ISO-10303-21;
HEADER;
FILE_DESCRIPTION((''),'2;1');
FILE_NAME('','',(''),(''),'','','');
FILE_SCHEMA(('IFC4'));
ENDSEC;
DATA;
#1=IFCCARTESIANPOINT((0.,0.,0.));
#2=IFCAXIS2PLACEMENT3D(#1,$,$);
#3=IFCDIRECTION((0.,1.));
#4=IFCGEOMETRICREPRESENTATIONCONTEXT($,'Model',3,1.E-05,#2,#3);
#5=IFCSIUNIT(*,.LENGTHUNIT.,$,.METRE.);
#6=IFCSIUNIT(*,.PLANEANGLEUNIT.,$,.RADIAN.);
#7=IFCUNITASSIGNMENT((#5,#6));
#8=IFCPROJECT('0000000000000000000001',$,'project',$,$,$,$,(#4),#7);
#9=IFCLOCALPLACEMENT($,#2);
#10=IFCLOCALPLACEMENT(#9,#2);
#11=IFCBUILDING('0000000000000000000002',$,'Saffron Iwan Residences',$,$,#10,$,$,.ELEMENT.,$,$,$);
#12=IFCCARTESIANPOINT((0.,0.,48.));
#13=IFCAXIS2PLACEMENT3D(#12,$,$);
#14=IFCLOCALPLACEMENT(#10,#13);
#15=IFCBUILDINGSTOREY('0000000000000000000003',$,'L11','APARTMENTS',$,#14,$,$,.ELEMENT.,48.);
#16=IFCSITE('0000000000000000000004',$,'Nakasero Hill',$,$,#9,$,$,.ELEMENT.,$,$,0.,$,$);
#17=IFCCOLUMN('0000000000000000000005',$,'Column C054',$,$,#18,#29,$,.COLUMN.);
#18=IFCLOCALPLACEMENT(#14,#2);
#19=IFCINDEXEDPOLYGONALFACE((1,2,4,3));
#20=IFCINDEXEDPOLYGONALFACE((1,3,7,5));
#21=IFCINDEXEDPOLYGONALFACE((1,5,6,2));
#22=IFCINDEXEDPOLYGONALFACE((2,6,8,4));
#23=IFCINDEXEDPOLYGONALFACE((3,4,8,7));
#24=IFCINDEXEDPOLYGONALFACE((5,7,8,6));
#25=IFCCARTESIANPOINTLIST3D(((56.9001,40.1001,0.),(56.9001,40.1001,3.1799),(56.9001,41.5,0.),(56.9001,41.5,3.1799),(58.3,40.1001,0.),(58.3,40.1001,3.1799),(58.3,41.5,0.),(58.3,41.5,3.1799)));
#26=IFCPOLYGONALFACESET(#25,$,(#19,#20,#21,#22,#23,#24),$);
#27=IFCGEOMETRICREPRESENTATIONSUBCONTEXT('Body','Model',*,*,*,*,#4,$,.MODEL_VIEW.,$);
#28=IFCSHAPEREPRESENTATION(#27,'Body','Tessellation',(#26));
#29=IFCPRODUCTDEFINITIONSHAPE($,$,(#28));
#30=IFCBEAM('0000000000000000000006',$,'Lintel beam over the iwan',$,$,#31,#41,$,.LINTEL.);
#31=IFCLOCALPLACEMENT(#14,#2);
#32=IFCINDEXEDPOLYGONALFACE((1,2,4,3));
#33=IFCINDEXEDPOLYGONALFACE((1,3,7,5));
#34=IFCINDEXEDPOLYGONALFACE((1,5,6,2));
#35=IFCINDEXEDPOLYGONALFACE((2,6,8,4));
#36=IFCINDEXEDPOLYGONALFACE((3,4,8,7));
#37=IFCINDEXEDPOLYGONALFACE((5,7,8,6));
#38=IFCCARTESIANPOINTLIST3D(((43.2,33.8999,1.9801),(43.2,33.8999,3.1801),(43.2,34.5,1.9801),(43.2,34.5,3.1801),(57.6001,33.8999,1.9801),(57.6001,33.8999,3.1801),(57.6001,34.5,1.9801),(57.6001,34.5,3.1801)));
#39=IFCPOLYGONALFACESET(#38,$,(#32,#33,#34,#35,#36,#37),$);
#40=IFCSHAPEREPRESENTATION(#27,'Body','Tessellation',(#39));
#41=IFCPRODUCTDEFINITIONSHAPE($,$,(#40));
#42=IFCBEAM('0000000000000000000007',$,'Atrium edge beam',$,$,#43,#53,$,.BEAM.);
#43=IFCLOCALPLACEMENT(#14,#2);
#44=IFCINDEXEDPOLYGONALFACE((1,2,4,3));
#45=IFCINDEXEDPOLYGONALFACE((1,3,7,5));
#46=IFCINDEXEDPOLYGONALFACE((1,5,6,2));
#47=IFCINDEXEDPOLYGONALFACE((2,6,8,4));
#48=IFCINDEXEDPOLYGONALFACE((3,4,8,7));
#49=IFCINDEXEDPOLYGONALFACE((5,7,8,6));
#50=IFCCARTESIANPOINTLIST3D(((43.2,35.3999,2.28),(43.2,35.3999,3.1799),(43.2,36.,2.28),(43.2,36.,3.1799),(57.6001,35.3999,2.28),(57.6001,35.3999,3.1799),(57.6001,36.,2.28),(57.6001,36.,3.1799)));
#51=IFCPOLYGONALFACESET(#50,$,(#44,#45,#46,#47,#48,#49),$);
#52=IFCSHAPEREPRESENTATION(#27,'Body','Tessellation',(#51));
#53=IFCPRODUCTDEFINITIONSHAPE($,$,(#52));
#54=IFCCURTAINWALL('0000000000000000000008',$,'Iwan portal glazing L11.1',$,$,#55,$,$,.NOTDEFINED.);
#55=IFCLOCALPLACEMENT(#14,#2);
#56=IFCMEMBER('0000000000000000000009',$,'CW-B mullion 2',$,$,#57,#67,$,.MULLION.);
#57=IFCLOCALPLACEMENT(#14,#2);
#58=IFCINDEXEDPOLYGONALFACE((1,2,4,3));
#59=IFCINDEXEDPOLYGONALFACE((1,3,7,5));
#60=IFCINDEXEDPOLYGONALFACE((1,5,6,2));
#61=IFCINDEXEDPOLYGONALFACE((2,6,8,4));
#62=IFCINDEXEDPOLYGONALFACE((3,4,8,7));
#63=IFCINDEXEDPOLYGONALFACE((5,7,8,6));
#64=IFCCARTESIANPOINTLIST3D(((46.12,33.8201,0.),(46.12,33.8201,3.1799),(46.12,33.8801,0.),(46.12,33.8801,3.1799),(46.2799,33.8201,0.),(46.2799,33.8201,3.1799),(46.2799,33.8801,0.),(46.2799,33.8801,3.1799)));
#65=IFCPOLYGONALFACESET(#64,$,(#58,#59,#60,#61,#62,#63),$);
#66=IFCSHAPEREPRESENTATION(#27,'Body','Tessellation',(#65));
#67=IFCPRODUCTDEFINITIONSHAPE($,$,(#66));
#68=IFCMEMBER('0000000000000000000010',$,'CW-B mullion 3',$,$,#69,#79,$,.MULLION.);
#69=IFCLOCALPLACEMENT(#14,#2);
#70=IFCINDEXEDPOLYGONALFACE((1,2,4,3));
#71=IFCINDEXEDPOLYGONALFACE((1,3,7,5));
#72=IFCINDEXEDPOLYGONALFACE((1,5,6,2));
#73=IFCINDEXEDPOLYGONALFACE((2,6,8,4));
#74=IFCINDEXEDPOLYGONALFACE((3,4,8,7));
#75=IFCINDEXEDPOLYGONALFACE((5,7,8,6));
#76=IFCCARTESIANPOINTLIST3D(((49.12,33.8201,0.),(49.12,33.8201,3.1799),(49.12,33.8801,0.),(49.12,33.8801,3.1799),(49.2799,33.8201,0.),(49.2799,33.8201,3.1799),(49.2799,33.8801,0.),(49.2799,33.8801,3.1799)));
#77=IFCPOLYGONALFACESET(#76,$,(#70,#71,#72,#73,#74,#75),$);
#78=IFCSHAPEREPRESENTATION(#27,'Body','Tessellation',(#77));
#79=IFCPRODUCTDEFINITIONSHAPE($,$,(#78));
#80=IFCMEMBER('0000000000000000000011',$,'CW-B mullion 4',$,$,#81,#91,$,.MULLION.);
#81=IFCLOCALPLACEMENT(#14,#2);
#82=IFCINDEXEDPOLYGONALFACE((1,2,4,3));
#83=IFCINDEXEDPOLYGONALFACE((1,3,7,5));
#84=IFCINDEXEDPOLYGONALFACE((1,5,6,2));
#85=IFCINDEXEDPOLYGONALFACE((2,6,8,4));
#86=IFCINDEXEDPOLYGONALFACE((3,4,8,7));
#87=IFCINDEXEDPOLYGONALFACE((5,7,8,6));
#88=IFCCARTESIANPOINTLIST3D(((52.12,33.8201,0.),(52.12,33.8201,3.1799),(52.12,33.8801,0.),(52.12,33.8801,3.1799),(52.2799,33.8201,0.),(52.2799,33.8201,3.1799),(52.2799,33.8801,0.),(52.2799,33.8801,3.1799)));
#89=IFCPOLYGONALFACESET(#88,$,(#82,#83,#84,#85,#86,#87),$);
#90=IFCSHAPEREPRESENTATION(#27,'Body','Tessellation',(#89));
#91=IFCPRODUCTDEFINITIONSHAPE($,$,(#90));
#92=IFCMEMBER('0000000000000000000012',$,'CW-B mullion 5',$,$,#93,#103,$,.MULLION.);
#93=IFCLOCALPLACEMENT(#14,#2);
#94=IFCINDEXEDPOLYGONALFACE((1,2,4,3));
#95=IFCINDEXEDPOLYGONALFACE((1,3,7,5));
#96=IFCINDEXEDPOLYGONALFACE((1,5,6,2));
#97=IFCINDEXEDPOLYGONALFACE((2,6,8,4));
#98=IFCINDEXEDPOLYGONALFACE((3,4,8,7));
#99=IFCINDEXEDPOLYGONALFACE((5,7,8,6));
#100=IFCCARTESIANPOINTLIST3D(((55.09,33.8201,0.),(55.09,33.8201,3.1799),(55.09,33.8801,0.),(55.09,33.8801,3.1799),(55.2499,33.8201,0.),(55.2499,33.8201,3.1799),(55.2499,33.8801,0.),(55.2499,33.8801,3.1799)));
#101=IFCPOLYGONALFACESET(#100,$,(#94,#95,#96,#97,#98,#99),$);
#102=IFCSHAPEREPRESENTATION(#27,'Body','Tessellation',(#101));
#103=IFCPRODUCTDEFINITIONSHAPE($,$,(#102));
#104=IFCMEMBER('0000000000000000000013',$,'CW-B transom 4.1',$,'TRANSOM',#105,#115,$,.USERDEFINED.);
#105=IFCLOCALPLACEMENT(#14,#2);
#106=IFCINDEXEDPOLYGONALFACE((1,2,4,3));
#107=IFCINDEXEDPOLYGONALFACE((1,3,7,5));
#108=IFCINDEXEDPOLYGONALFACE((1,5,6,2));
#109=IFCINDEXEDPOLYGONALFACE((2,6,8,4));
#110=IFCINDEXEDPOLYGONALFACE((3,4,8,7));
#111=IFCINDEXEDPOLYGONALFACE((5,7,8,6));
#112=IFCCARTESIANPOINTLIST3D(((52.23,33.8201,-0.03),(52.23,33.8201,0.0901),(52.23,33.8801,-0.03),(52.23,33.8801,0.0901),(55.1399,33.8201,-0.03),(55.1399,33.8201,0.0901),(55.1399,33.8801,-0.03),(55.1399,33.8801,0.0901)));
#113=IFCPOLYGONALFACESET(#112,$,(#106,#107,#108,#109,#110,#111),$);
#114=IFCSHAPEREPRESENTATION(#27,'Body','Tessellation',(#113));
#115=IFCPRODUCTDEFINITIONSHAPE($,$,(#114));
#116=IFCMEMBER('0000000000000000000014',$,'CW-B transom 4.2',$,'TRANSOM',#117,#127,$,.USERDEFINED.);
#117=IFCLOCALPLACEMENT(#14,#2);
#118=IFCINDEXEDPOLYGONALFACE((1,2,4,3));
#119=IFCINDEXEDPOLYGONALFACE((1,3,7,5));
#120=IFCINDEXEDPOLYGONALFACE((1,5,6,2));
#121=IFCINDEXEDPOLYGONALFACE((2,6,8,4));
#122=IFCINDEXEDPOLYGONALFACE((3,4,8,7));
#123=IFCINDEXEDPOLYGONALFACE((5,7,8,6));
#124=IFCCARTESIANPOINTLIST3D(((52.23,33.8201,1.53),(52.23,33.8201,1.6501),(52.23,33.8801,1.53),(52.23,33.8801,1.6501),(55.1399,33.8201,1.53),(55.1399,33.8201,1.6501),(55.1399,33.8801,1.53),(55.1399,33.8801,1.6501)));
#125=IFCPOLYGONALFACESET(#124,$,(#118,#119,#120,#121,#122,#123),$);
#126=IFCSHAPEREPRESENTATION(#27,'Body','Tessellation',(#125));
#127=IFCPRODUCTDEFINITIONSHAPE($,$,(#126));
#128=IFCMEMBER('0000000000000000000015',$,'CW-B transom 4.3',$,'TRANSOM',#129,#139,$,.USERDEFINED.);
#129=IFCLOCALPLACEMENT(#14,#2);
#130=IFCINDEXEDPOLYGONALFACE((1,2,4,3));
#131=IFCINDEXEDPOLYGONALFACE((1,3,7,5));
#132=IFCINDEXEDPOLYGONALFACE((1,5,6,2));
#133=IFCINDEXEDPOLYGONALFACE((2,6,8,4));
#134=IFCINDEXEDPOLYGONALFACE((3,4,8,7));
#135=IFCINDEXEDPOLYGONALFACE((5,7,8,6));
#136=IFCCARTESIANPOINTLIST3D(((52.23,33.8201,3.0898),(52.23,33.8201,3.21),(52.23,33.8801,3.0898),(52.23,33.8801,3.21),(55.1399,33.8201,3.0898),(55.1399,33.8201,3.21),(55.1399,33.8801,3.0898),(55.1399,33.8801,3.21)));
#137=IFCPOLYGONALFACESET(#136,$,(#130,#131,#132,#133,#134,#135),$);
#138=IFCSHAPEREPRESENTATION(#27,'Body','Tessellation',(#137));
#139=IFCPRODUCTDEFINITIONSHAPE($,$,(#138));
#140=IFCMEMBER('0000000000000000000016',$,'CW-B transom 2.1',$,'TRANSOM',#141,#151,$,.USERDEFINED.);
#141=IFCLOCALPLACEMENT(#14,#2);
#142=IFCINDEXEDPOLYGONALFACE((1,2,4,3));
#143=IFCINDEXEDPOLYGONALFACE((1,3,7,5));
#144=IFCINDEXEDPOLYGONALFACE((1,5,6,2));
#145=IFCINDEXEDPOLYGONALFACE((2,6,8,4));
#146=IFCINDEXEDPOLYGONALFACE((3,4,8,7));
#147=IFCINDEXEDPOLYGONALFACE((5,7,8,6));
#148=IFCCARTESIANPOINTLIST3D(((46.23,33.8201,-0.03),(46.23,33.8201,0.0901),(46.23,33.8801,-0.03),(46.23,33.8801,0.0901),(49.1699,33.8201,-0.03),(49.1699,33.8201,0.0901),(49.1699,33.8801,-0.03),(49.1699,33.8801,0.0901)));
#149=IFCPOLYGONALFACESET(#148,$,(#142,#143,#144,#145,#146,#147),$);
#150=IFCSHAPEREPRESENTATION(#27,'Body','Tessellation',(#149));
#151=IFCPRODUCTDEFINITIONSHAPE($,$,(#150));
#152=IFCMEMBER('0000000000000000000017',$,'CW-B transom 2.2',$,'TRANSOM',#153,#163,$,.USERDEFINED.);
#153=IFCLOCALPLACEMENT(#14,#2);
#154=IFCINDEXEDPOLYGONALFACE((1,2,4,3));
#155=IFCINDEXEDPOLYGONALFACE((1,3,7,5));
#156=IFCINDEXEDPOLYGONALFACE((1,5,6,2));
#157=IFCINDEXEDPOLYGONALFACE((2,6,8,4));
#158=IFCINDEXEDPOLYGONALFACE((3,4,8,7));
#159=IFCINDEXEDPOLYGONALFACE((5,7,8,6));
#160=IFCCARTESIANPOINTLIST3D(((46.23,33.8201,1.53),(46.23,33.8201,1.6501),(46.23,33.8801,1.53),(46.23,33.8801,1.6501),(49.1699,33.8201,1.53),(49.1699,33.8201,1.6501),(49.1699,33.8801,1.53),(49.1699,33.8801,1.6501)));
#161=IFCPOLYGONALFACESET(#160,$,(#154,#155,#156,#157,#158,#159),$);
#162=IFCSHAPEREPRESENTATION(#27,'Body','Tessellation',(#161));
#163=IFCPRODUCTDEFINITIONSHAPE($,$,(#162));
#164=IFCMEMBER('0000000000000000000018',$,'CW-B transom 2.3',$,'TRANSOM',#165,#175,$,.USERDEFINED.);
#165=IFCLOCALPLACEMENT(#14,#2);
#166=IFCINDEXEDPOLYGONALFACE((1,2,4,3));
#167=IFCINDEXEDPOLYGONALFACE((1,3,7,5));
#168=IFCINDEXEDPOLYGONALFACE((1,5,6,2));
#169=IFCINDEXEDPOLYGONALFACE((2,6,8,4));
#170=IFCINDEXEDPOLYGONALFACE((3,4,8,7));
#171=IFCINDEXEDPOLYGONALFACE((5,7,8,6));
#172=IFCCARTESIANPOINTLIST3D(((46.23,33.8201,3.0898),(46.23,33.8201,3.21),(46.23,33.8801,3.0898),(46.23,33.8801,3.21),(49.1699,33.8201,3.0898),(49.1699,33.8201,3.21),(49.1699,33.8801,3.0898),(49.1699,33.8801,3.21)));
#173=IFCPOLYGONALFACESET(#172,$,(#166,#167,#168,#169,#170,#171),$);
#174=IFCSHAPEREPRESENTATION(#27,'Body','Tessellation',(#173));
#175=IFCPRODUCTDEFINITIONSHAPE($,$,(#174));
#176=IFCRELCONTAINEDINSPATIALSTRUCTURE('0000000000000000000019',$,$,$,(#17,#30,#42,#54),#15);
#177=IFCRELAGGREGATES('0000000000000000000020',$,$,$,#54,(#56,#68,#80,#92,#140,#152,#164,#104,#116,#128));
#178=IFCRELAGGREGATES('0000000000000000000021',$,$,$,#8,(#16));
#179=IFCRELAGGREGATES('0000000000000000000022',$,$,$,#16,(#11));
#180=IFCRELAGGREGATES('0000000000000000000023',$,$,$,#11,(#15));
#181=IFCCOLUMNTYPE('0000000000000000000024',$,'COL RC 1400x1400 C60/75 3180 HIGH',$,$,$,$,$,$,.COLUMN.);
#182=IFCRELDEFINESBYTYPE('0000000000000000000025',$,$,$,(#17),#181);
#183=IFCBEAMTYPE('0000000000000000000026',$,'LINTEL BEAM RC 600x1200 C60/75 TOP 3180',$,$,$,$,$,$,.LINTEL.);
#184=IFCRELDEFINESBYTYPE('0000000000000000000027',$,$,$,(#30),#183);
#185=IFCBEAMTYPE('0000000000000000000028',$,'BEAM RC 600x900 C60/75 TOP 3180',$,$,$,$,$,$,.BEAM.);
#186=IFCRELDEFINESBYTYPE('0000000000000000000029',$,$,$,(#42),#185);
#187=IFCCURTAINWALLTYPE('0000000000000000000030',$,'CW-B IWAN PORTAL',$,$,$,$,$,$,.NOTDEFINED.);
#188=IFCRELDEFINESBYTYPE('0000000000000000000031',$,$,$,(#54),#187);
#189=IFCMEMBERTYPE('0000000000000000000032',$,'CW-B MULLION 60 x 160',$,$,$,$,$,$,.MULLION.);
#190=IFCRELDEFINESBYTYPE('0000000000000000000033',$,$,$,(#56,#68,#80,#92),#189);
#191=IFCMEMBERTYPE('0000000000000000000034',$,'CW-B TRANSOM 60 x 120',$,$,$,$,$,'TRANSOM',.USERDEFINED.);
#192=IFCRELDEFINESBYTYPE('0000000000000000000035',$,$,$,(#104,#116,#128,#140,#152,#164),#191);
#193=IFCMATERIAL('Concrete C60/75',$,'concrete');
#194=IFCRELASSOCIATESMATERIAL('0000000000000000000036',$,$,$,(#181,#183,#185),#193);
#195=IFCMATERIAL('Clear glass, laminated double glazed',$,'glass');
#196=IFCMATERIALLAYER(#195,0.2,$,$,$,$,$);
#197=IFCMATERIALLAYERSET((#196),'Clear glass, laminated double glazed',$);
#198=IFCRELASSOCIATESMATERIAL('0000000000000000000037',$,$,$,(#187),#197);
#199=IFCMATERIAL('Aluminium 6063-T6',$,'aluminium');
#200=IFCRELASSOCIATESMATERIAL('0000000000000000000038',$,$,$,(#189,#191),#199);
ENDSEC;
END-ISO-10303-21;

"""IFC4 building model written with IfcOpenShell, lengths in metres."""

from ifc_helpers import new_model, si_unit, direction, frame, origin, origin_2d, place, context, subcontext, project, spatial, rectangle, extrude, source, transform, mapped, material, layer, layer_set, material_profile, profile_set, type_object, element, aggregate, save


model = new_model("IFC4")

# Units and contexts
model_context = context("Model", 3, precision=1e-05, world=origin(), true_north=direction((0.0, 1.0)))
body_context = subcontext(model_context, "Body", "Model", "MODEL_VIEW")
ifc_project = project(units=[si_unit("LENGTHUNIT", "METRE"), si_unit("PLANEANGLEUNIT", "RADIAN")], contexts=[model_context])

# Site, building, storey
site_placement = place(None, origin())
site = spatial("IfcSite", under=ifc_project, at=site_placement, Name="Nakasero Hill", CompositionType="ELEMENT", RefElevation=0.0)
building_placement = place(site_placement, origin())
building = spatial("IfcBuilding", under=site, at=building_placement, Name="Saffron Iwan Residences", CompositionType="ELEMENT")
storey_placement = place(building_placement, frame((0.0, 0.0, 48.0)))
storey = spatial("IfcBuildingStorey", under=building, at=storey_placement, Name="L11", Description="APARTMENTS", CompositionType="ELEMENT", Elevation=48.0)

# Column
ifc_material_1 = material(Name="Concrete C60/75", Category="concrete")
ifc_material_profile_1 = material_profile(ifc_material_1, rectangle(XDim=1.3999, YDim=1.3999, at=origin_2d()), Name="RC 1400x1400")
ifc_profile_set_1 = profile_set([ifc_material_profile_1], Name="Concrete C60/75")
column_type = type_object("IfcColumnType", Name="COL RC 1400x1400 C60/75 3180 HIGH", PredefinedType="COLUMN", material=ifc_profile_set_1)
shared_shape_1 = source(origin(), body_context, "Body", "SweptSolid", [
    extrude(rectangle(XDim=1.3999, YDim=1.3999, at=origin_2d()), origin(), (0.0, 0.0, 1.0), 3.1799),
])
column_placement = place(storey_placement, frame((57.6001, 40.8, 0.0), z_axis=(0.0, 0.0, 1.0), x_axis=(1.0, 0.0, 0.0)))
element("IfcColumn", 1, at=column_placement, inside=storey, type_object=column_type, Name="Column C054", PredefinedType="COLUMN", context=body_context, shape_type="MappedRepresentation", body=[
    mapped(shared_shape_1, transform((0.0, 0.0, 0.0))),
])

# Beams
ifc_material_profile_2 = material_profile(ifc_material_1, rectangle(XDim=0.6001, YDim=1.2, at=origin_2d()), Name="RC 600x1200")
ifc_profile_set_2 = profile_set([ifc_material_profile_2], Name="Concrete C60/75")
beam_type_1 = type_object("IfcBeamType", Name="LINTEL BEAM RC 600x1200 C60/75 TOP 3180", PredefinedType="LINTEL", material=ifc_profile_set_2)
shared_shape_2 = source(origin(), body_context, "Body", "SweptSolid", [
    extrude(rectangle(XDim=0.6001, YDim=1.2, at=origin_2d()), origin(), (0.0, 0.0, 1.0), 14.4001),
])
beam_1_placement = place(storey_placement, frame((57.6001, 34.2, 2.5801), z_axis=(-1.0, 0.0, 0.0), x_axis=(0.0, -1.0, 0.0)))
element("IfcBeam", 2, at=beam_1_placement, inside=storey, type_object=beam_type_1, Name="Lintel beam over the iwan", PredefinedType="LINTEL", context=body_context, shape_type="MappedRepresentation", body=[
    mapped(shared_shape_2, transform((0.0, 0.0, 0.0))),
])
ifc_material_profile_3 = material_profile(ifc_material_1, rectangle(XDim=0.6001, YDim=0.8999, at=origin_2d()), Name="RC 600x900")
ifc_profile_set_3 = profile_set([ifc_material_profile_3], Name="Concrete C60/75")
beam_type_2 = type_object("IfcBeamType", Name="BEAM RC 600x900 C60/75 TOP 3180", PredefinedType="BEAM", material=ifc_profile_set_3)
shared_shape_3 = source(origin(), body_context, "Body", "SweptSolid", [
    extrude(rectangle(XDim=0.6001, YDim=0.8999, at=origin_2d()), origin(), (0.0, 0.0, 1.0), 14.4001),
])
beam_2_placement = place(storey_placement, frame((57.6001, 35.7, 2.73), z_axis=(-1.0, 0.0, 0.0), x_axis=(0.0, -1.0, 0.0)))
element("IfcBeam", 3, at=beam_2_placement, inside=storey, type_object=beam_type_2, Name="Atrium edge beam", PredefinedType="BEAM", context=body_context, shape_type="MappedRepresentation", body=[
    mapped(shared_shape_3, transform((0.0, 0.0, 0.0))),
])

# Curtain wall, members
ifc_material_2 = material(Name="Clear glass, laminated double glazed", Category="glass")
ifc_layer_1 = layer(ifc_material_2, 0.2)
ifc_layer_set_1 = layer_set([ifc_layer_1], Name="Clear glass, laminated double glazed")
curtain_wall_type = type_object("IfcCurtainWallType", Name="CW-B IWAN PORTAL", PredefinedType="NOTDEFINED", material=ifc_layer_set_1)
curtain_wall_placement = place(storey_placement, origin())
curtain_wall = element("IfcCurtainWall", 4, at=curtain_wall_placement, inside=storey, type_object=curtain_wall_type, Name="Iwan portal glazing L11.1", PredefinedType="NOTDEFINED")
ifc_material_3 = material(Name="Aluminium 6063-T6", Category="aluminium")
ifc_material_profile_4 = material_profile(ifc_material_3, rectangle(XDim=0.0601, YDim=0.1599, at=origin_2d()), Name="CW-B MULLION 60 x 160")
ifc_profile_set_4 = profile_set([ifc_material_profile_4], Name="Aluminium 6063-T6")
member_type_1 = type_object("IfcMemberType", Name="CW-B MULLION 60 x 160", PredefinedType="MULLION", material=ifc_profile_set_4)
shared_shape_4 = source(origin(), body_context, "Body", "SweptSolid", [
    extrude(rectangle(XDim=0.0601, YDim=0.1599, at=origin_2d()), origin(), (0.0, 0.0, 1.0), 3.1799),
])
member_1_placement = place(storey_placement, frame((46.2, 33.8501, 0.0), z_axis=(0.0, 0.0, 1.0), x_axis=(0.0, 1.0, 0.0)))
member_1 = element("IfcMember", 5, at=member_1_placement, type_object=member_type_1, Name="CW-B mullion 2", PredefinedType="MULLION", context=body_context, shape_type="MappedRepresentation", body=[
    mapped(shared_shape_4, transform((0.0, 0.0, 0.0))),
])
member_2_placement = place(storey_placement, frame((49.2, 33.8501, 0.0), z_axis=(0.0, 0.0, 1.0), x_axis=(0.0, 1.0, 0.0)))
member_2 = element("IfcMember", 6, at=member_2_placement, type_object=member_type_1, Name="CW-B mullion 3", PredefinedType="MULLION", context=body_context, shape_type="MappedRepresentation", body=[
    mapped(shared_shape_4, transform((0.0, 0.0, 0.0))),
])
member_3_placement = place(storey_placement, frame((52.2, 33.8501, 0.0), z_axis=(0.0, 0.0, 1.0), x_axis=(0.0, 1.0, 0.0)))
member_3 = element("IfcMember", 7, at=member_3_placement, type_object=member_type_1, Name="CW-B mullion 4", PredefinedType="MULLION", context=body_context, shape_type="MappedRepresentation", body=[
    mapped(shared_shape_4, transform((0.0, 0.0, 0.0))),
])
member_4_placement = place(storey_placement, frame((55.1699, 33.8501, 0.0), z_axis=(0.0, 0.0, 1.0), x_axis=(0.0, 1.0, 0.0)))
member_4 = element("IfcMember", 8, at=member_4_placement, type_object=member_type_1, Name="CW-B mullion 5", PredefinedType="MULLION", context=body_context, shape_type="MappedRepresentation", body=[
    mapped(shared_shape_4, transform((0.0, 0.0, 0.0))),
])
ifc_material_profile_5 = material_profile(ifc_material_3, rectangle(XDim=0.0601, YDim=0.1201, at=origin_2d()), Name="CW-B TRANSOM 60 x 120")
ifc_profile_set_5 = profile_set([ifc_material_profile_5], Name="Aluminium 6063-T6")
member_type_2 = type_object("IfcMemberType", Name="CW-B TRANSOM 60 x 120", ElementType="TRANSOM", PredefinedType="USERDEFINED", material=ifc_profile_set_5)
shared_shape_5 = source(origin(), body_context, "Body", "SweptSolid", [
    extrude(rectangle(XDim=0.0601, YDim=0.1201, at=origin_2d()), origin(), (0.0, 0.0, 1.0), 2.9099),
])
member_5_placement = place(storey_placement, frame((52.23, 33.8501, 0.03), z_axis=(1.0, 0.0, 0.0), x_axis=(0.0, 1.0, 0.0)))
member_5 = element("IfcMember", 9, at=member_5_placement, type_object=member_type_2, Name="CW-B transom 4.1", ObjectType="TRANSOM", PredefinedType="USERDEFINED", context=body_context, shape_type="MappedRepresentation", body=[
    mapped(shared_shape_5, transform((0.0, 0.0, 0.0))),
])
member_6_placement = place(storey_placement, frame((52.23, 33.8501, 1.5901), z_axis=(1.0, 0.0, 0.0), x_axis=(0.0, 1.0, 0.0)))
member_6 = element("IfcMember", 10, at=member_6_placement, type_object=member_type_2, Name="CW-B transom 4.2", ObjectType="TRANSOM", PredefinedType="USERDEFINED", context=body_context, shape_type="MappedRepresentation", body=[
    mapped(shared_shape_5, transform((0.0, 0.0, 0.0))),
])
member_7_placement = place(storey_placement, frame((52.23, 33.8501, 3.1499), z_axis=(1.0, 0.0, 0.0), x_axis=(0.0, 1.0, 0.0)))
member_7 = element("IfcMember", 11, at=member_7_placement, type_object=member_type_2, Name="CW-B transom 4.3", ObjectType="TRANSOM", PredefinedType="USERDEFINED", context=body_context, shape_type="MappedRepresentation", body=[
    mapped(shared_shape_5, transform((0.0, 0.0, 0.0))),
])
shared_shape_6 = source(origin(), body_context, "Body", "SweptSolid", [
    extrude(rectangle(XDim=0.0601, YDim=0.1201, at=origin_2d()), origin(), (0.0, 0.0, 1.0), 2.9399),
])
member_8_placement = place(storey_placement, frame((46.23, 33.8501, 0.03), z_axis=(1.0, 0.0, 0.0), x_axis=(0.0, 1.0, 0.0)))
member_8 = element("IfcMember", 12, at=member_8_placement, type_object=member_type_2, Name="CW-B transom 2.1", ObjectType="TRANSOM", PredefinedType="USERDEFINED", context=body_context, shape_type="MappedRepresentation", body=[
    mapped(shared_shape_6, transform((0.0, 0.0, 0.0))),
])
member_9_placement = place(storey_placement, frame((46.23, 33.8501, 1.5901), z_axis=(1.0, 0.0, 0.0), x_axis=(0.0, 1.0, 0.0)))
member_9 = element("IfcMember", 13, at=member_9_placement, type_object=member_type_2, Name="CW-B transom 2.2", ObjectType="TRANSOM", PredefinedType="USERDEFINED", context=body_context, shape_type="MappedRepresentation", body=[
    mapped(shared_shape_6, transform((0.0, 0.0, 0.0))),
])
member_10_placement = place(storey_placement, frame((46.23, 33.8501, 3.1499), z_axis=(1.0, 0.0, 0.0), x_axis=(0.0, 1.0, 0.0)))
member_10 = element("IfcMember", 14, at=member_10_placement, type_object=member_type_2, Name="CW-B transom 2.3", ObjectType="TRANSOM", PredefinedType="USERDEFINED", context=body_context, shape_type="MappedRepresentation", body=[
    mapped(shared_shape_6, transform((0.0, 0.0, 0.0))),
])
aggregate(curtain_wall, [member_1, member_2, member_3, member_4, member_8, member_9, member_10, member_5, member_6, member_7])

save(model, "model.ifc")
